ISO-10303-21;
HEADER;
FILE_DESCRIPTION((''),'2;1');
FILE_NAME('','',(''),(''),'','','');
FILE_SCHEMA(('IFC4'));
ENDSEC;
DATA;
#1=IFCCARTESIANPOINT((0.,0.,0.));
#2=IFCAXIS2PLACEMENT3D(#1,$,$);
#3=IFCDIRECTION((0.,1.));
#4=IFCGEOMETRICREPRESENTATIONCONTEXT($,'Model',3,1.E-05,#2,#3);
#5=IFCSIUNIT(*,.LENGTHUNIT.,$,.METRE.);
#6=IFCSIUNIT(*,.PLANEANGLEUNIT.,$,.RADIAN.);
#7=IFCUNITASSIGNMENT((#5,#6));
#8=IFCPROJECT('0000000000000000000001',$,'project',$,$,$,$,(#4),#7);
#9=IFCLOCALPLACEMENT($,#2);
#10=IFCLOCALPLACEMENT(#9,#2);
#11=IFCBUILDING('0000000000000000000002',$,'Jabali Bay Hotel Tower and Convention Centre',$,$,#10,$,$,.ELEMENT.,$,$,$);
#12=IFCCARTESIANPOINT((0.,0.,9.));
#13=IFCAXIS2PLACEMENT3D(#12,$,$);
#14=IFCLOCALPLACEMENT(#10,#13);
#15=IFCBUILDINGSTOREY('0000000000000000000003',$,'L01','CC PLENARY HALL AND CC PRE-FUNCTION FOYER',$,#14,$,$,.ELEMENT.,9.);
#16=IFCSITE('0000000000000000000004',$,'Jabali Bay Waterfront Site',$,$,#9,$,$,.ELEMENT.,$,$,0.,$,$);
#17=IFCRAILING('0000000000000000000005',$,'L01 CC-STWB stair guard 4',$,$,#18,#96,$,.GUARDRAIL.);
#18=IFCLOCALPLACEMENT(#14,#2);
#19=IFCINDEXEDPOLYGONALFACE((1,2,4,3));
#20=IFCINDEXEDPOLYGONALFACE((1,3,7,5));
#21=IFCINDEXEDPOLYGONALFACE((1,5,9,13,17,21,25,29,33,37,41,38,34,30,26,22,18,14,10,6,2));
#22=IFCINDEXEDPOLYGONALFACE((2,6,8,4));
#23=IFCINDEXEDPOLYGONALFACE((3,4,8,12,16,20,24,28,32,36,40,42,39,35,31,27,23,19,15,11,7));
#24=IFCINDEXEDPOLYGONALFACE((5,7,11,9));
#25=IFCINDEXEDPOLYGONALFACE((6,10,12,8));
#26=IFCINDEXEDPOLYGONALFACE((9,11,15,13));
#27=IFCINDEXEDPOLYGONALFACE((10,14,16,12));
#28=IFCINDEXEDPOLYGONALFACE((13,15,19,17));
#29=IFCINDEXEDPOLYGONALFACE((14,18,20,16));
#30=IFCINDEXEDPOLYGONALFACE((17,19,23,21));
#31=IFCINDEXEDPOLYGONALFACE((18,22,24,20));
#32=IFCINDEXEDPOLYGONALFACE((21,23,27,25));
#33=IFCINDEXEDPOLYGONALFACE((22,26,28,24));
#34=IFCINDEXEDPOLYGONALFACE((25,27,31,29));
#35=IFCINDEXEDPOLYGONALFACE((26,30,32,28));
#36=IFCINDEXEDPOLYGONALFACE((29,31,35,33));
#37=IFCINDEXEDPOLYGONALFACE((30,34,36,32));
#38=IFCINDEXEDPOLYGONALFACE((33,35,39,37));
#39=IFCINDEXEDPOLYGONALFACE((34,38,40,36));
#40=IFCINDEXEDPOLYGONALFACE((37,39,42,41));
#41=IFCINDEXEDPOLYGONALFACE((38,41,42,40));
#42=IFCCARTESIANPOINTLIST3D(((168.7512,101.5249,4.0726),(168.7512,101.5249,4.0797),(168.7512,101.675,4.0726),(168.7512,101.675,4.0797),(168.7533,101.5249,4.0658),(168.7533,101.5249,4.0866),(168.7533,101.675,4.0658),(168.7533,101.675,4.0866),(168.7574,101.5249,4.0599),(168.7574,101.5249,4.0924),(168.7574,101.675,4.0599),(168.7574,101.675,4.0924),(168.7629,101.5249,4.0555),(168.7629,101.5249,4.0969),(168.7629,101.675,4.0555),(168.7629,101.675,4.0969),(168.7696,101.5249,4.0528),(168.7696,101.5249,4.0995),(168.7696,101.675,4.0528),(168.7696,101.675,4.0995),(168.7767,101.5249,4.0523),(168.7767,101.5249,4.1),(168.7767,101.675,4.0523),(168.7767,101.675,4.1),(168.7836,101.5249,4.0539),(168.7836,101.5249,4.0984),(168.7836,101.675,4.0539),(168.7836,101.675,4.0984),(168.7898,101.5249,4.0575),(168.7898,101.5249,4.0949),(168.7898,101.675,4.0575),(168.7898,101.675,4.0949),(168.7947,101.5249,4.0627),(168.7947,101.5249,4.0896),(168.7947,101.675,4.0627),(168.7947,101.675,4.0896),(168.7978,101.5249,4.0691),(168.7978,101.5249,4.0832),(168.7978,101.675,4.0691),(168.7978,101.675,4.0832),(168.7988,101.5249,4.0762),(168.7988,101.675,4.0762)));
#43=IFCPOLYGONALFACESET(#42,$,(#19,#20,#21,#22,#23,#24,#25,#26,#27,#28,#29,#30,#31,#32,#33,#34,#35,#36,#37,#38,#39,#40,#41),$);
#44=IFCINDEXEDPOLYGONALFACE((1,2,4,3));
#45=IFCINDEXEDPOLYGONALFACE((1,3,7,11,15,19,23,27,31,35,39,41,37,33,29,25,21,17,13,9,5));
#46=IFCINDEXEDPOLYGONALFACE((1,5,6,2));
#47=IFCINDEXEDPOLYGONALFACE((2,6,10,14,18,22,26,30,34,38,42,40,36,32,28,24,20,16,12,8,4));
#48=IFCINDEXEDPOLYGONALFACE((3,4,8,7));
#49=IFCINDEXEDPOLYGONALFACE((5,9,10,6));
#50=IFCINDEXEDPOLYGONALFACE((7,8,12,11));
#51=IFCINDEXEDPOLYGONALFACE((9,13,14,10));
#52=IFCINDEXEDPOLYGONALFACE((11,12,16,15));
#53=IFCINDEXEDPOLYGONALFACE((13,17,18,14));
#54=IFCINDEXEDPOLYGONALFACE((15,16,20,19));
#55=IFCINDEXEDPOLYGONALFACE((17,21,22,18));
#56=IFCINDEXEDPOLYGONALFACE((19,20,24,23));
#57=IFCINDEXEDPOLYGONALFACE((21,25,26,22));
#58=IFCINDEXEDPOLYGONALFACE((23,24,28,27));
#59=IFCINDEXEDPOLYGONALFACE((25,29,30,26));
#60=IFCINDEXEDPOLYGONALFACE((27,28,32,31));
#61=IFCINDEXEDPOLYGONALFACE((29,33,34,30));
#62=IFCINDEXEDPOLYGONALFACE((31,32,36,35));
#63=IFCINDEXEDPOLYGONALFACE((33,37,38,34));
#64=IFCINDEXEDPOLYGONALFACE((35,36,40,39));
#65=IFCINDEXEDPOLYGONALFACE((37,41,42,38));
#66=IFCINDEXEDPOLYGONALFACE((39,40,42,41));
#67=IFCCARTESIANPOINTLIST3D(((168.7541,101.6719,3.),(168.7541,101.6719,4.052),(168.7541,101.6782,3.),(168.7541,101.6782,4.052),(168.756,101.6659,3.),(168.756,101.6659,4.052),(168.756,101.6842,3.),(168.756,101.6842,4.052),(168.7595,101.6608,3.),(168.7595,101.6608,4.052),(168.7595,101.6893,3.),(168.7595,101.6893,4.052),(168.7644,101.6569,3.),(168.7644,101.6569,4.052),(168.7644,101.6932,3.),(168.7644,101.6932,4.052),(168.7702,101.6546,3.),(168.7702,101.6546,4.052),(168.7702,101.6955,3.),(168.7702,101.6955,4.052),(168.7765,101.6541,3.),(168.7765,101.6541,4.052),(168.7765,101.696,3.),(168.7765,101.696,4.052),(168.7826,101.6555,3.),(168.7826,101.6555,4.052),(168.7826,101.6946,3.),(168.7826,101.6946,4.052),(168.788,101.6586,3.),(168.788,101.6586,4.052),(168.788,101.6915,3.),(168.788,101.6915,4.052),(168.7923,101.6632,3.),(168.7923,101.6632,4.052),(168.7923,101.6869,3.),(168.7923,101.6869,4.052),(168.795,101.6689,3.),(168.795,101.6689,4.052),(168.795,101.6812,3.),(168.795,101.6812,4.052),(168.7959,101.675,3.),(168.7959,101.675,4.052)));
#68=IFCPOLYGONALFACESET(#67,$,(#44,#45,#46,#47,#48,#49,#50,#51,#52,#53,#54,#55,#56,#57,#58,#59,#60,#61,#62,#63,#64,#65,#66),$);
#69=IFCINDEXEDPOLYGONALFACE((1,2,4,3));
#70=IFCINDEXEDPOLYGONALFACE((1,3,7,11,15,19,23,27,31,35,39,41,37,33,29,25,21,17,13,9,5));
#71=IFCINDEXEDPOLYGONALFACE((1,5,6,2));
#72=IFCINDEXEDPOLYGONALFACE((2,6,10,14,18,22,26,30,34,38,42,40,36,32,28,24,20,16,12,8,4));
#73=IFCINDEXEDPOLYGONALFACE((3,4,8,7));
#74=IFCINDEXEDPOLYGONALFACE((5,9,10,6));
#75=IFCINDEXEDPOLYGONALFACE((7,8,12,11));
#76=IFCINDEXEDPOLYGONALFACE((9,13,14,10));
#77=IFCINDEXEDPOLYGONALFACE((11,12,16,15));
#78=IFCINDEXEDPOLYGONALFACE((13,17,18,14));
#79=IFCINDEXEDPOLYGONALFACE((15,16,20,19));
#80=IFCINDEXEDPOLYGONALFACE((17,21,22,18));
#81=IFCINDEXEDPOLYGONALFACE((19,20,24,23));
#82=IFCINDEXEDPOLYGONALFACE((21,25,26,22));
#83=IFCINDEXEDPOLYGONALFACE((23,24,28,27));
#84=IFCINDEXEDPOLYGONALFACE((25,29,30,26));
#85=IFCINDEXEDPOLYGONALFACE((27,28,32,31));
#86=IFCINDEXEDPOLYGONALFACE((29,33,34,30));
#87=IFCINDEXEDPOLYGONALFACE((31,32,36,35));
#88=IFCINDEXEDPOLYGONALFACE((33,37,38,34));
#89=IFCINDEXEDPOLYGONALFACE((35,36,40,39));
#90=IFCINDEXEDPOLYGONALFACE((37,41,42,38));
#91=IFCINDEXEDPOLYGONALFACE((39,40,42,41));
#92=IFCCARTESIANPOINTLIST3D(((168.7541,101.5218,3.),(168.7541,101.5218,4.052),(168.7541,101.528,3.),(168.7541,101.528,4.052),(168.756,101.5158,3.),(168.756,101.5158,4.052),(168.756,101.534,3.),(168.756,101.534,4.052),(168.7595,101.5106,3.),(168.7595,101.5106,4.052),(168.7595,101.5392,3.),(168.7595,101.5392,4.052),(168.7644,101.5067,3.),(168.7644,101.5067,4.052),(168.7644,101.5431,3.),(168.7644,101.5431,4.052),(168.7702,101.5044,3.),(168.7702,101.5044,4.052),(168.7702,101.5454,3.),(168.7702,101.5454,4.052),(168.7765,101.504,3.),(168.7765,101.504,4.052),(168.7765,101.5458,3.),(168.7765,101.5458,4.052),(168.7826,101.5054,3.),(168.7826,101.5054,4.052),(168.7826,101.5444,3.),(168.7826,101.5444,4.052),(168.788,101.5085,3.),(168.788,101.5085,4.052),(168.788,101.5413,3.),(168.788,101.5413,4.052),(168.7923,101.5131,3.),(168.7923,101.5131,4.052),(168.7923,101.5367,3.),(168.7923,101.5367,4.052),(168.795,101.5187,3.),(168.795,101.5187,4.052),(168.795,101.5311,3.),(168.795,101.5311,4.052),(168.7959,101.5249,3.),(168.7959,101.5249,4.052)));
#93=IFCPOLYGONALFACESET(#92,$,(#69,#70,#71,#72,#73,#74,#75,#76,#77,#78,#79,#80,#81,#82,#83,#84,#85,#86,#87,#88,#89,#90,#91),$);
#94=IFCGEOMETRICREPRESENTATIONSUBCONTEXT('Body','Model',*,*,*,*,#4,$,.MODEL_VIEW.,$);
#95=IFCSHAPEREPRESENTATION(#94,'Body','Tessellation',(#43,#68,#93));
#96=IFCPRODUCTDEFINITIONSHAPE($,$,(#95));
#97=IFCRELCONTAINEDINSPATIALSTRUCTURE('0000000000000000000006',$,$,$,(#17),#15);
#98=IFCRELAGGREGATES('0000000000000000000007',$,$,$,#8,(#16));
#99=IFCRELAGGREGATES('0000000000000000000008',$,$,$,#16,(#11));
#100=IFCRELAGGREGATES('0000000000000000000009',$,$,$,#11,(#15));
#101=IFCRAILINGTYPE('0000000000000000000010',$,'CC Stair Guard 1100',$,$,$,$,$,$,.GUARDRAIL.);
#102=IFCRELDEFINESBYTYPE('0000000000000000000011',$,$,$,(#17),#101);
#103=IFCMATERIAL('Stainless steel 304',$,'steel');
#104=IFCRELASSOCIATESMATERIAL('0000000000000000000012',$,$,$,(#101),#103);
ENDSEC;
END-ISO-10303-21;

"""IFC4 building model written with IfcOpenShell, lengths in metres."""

from ifc_helpers import new_model, si_unit, direction, frame, origin, origin_2d, place, context, subcontext, project, spatial, circle, extrude, material, type_object, element, save


model = new_model("IFC4")

# Units and contexts
model_context = context("Model", 3, precision=1e-05, world=origin(), true_north=direction((0.0, 1.0)))
body_context = subcontext(model_context, "Body", "Model", "MODEL_VIEW")
ifc_project = project(units=[si_unit("LENGTHUNIT", "METRE"), si_unit("PLANEANGLEUNIT", "RADIAN")], contexts=[model_context])

# Site, building, storey
site_placement = place(None, origin())
site = spatial("IfcSite", under=ifc_project, at=site_placement, Name="Jabali Bay Waterfront Site", CompositionType="ELEMENT", RefElevation=0.0)
building_placement = place(site_placement, origin())
building = spatial("IfcBuilding", under=site, at=building_placement, Name="Jabali Bay Hotel Tower and Convention Centre", CompositionType="ELEMENT")
storey_placement = place(building_placement, frame((0.0, 0.0, 9.0)))
storey = spatial("IfcBuildingStorey", under=building, at=storey_placement, Name="L01", Description="CC PLENARY HALL AND CC PRE-FUNCTION FOYER", CompositionType="ELEMENT", Elevation=9.0)

# Railing
ifc_material_1 = material(Name="Stainless steel 304", Category="steel")
railing_type_1 = type_object("IfcRailingType", Name="CC Stair Guard 1100", PredefinedType="GUARDRAIL", material=ifc_material_1)
railing_1_placement = place(storey_placement, frame((168.7749, 101.675, 3.0)))
element("IfcRailing", 1, at=railing_1_placement, inside=storey, type_object=railing_type_1, Name="L01 CC-STWB stair guard 4", PredefinedType="GUARDRAIL", context=body_context, shape_type="SweptSolid", body=[
    extrude(circle(Radius=0.0239, at=origin_2d()), frame((0.0, 0.0, 1.0762), z_axis=(0.0, -1.0, 0.0), x_axis=(1.0, 0.0, 0.0)), (0.0, 0.0, 1.0), 0.1501),
    extrude(circle(Radius=0.021, at=origin_2d()), origin(), (0.0, 0.0, 1.0), 1.052),
    extrude(circle(Radius=0.021, at=origin_2d()), frame((0.0, -0.1501, 0.0)), (0.0, 0.0, 1.0), 1.052),
])

save(model, "model.ifc")
